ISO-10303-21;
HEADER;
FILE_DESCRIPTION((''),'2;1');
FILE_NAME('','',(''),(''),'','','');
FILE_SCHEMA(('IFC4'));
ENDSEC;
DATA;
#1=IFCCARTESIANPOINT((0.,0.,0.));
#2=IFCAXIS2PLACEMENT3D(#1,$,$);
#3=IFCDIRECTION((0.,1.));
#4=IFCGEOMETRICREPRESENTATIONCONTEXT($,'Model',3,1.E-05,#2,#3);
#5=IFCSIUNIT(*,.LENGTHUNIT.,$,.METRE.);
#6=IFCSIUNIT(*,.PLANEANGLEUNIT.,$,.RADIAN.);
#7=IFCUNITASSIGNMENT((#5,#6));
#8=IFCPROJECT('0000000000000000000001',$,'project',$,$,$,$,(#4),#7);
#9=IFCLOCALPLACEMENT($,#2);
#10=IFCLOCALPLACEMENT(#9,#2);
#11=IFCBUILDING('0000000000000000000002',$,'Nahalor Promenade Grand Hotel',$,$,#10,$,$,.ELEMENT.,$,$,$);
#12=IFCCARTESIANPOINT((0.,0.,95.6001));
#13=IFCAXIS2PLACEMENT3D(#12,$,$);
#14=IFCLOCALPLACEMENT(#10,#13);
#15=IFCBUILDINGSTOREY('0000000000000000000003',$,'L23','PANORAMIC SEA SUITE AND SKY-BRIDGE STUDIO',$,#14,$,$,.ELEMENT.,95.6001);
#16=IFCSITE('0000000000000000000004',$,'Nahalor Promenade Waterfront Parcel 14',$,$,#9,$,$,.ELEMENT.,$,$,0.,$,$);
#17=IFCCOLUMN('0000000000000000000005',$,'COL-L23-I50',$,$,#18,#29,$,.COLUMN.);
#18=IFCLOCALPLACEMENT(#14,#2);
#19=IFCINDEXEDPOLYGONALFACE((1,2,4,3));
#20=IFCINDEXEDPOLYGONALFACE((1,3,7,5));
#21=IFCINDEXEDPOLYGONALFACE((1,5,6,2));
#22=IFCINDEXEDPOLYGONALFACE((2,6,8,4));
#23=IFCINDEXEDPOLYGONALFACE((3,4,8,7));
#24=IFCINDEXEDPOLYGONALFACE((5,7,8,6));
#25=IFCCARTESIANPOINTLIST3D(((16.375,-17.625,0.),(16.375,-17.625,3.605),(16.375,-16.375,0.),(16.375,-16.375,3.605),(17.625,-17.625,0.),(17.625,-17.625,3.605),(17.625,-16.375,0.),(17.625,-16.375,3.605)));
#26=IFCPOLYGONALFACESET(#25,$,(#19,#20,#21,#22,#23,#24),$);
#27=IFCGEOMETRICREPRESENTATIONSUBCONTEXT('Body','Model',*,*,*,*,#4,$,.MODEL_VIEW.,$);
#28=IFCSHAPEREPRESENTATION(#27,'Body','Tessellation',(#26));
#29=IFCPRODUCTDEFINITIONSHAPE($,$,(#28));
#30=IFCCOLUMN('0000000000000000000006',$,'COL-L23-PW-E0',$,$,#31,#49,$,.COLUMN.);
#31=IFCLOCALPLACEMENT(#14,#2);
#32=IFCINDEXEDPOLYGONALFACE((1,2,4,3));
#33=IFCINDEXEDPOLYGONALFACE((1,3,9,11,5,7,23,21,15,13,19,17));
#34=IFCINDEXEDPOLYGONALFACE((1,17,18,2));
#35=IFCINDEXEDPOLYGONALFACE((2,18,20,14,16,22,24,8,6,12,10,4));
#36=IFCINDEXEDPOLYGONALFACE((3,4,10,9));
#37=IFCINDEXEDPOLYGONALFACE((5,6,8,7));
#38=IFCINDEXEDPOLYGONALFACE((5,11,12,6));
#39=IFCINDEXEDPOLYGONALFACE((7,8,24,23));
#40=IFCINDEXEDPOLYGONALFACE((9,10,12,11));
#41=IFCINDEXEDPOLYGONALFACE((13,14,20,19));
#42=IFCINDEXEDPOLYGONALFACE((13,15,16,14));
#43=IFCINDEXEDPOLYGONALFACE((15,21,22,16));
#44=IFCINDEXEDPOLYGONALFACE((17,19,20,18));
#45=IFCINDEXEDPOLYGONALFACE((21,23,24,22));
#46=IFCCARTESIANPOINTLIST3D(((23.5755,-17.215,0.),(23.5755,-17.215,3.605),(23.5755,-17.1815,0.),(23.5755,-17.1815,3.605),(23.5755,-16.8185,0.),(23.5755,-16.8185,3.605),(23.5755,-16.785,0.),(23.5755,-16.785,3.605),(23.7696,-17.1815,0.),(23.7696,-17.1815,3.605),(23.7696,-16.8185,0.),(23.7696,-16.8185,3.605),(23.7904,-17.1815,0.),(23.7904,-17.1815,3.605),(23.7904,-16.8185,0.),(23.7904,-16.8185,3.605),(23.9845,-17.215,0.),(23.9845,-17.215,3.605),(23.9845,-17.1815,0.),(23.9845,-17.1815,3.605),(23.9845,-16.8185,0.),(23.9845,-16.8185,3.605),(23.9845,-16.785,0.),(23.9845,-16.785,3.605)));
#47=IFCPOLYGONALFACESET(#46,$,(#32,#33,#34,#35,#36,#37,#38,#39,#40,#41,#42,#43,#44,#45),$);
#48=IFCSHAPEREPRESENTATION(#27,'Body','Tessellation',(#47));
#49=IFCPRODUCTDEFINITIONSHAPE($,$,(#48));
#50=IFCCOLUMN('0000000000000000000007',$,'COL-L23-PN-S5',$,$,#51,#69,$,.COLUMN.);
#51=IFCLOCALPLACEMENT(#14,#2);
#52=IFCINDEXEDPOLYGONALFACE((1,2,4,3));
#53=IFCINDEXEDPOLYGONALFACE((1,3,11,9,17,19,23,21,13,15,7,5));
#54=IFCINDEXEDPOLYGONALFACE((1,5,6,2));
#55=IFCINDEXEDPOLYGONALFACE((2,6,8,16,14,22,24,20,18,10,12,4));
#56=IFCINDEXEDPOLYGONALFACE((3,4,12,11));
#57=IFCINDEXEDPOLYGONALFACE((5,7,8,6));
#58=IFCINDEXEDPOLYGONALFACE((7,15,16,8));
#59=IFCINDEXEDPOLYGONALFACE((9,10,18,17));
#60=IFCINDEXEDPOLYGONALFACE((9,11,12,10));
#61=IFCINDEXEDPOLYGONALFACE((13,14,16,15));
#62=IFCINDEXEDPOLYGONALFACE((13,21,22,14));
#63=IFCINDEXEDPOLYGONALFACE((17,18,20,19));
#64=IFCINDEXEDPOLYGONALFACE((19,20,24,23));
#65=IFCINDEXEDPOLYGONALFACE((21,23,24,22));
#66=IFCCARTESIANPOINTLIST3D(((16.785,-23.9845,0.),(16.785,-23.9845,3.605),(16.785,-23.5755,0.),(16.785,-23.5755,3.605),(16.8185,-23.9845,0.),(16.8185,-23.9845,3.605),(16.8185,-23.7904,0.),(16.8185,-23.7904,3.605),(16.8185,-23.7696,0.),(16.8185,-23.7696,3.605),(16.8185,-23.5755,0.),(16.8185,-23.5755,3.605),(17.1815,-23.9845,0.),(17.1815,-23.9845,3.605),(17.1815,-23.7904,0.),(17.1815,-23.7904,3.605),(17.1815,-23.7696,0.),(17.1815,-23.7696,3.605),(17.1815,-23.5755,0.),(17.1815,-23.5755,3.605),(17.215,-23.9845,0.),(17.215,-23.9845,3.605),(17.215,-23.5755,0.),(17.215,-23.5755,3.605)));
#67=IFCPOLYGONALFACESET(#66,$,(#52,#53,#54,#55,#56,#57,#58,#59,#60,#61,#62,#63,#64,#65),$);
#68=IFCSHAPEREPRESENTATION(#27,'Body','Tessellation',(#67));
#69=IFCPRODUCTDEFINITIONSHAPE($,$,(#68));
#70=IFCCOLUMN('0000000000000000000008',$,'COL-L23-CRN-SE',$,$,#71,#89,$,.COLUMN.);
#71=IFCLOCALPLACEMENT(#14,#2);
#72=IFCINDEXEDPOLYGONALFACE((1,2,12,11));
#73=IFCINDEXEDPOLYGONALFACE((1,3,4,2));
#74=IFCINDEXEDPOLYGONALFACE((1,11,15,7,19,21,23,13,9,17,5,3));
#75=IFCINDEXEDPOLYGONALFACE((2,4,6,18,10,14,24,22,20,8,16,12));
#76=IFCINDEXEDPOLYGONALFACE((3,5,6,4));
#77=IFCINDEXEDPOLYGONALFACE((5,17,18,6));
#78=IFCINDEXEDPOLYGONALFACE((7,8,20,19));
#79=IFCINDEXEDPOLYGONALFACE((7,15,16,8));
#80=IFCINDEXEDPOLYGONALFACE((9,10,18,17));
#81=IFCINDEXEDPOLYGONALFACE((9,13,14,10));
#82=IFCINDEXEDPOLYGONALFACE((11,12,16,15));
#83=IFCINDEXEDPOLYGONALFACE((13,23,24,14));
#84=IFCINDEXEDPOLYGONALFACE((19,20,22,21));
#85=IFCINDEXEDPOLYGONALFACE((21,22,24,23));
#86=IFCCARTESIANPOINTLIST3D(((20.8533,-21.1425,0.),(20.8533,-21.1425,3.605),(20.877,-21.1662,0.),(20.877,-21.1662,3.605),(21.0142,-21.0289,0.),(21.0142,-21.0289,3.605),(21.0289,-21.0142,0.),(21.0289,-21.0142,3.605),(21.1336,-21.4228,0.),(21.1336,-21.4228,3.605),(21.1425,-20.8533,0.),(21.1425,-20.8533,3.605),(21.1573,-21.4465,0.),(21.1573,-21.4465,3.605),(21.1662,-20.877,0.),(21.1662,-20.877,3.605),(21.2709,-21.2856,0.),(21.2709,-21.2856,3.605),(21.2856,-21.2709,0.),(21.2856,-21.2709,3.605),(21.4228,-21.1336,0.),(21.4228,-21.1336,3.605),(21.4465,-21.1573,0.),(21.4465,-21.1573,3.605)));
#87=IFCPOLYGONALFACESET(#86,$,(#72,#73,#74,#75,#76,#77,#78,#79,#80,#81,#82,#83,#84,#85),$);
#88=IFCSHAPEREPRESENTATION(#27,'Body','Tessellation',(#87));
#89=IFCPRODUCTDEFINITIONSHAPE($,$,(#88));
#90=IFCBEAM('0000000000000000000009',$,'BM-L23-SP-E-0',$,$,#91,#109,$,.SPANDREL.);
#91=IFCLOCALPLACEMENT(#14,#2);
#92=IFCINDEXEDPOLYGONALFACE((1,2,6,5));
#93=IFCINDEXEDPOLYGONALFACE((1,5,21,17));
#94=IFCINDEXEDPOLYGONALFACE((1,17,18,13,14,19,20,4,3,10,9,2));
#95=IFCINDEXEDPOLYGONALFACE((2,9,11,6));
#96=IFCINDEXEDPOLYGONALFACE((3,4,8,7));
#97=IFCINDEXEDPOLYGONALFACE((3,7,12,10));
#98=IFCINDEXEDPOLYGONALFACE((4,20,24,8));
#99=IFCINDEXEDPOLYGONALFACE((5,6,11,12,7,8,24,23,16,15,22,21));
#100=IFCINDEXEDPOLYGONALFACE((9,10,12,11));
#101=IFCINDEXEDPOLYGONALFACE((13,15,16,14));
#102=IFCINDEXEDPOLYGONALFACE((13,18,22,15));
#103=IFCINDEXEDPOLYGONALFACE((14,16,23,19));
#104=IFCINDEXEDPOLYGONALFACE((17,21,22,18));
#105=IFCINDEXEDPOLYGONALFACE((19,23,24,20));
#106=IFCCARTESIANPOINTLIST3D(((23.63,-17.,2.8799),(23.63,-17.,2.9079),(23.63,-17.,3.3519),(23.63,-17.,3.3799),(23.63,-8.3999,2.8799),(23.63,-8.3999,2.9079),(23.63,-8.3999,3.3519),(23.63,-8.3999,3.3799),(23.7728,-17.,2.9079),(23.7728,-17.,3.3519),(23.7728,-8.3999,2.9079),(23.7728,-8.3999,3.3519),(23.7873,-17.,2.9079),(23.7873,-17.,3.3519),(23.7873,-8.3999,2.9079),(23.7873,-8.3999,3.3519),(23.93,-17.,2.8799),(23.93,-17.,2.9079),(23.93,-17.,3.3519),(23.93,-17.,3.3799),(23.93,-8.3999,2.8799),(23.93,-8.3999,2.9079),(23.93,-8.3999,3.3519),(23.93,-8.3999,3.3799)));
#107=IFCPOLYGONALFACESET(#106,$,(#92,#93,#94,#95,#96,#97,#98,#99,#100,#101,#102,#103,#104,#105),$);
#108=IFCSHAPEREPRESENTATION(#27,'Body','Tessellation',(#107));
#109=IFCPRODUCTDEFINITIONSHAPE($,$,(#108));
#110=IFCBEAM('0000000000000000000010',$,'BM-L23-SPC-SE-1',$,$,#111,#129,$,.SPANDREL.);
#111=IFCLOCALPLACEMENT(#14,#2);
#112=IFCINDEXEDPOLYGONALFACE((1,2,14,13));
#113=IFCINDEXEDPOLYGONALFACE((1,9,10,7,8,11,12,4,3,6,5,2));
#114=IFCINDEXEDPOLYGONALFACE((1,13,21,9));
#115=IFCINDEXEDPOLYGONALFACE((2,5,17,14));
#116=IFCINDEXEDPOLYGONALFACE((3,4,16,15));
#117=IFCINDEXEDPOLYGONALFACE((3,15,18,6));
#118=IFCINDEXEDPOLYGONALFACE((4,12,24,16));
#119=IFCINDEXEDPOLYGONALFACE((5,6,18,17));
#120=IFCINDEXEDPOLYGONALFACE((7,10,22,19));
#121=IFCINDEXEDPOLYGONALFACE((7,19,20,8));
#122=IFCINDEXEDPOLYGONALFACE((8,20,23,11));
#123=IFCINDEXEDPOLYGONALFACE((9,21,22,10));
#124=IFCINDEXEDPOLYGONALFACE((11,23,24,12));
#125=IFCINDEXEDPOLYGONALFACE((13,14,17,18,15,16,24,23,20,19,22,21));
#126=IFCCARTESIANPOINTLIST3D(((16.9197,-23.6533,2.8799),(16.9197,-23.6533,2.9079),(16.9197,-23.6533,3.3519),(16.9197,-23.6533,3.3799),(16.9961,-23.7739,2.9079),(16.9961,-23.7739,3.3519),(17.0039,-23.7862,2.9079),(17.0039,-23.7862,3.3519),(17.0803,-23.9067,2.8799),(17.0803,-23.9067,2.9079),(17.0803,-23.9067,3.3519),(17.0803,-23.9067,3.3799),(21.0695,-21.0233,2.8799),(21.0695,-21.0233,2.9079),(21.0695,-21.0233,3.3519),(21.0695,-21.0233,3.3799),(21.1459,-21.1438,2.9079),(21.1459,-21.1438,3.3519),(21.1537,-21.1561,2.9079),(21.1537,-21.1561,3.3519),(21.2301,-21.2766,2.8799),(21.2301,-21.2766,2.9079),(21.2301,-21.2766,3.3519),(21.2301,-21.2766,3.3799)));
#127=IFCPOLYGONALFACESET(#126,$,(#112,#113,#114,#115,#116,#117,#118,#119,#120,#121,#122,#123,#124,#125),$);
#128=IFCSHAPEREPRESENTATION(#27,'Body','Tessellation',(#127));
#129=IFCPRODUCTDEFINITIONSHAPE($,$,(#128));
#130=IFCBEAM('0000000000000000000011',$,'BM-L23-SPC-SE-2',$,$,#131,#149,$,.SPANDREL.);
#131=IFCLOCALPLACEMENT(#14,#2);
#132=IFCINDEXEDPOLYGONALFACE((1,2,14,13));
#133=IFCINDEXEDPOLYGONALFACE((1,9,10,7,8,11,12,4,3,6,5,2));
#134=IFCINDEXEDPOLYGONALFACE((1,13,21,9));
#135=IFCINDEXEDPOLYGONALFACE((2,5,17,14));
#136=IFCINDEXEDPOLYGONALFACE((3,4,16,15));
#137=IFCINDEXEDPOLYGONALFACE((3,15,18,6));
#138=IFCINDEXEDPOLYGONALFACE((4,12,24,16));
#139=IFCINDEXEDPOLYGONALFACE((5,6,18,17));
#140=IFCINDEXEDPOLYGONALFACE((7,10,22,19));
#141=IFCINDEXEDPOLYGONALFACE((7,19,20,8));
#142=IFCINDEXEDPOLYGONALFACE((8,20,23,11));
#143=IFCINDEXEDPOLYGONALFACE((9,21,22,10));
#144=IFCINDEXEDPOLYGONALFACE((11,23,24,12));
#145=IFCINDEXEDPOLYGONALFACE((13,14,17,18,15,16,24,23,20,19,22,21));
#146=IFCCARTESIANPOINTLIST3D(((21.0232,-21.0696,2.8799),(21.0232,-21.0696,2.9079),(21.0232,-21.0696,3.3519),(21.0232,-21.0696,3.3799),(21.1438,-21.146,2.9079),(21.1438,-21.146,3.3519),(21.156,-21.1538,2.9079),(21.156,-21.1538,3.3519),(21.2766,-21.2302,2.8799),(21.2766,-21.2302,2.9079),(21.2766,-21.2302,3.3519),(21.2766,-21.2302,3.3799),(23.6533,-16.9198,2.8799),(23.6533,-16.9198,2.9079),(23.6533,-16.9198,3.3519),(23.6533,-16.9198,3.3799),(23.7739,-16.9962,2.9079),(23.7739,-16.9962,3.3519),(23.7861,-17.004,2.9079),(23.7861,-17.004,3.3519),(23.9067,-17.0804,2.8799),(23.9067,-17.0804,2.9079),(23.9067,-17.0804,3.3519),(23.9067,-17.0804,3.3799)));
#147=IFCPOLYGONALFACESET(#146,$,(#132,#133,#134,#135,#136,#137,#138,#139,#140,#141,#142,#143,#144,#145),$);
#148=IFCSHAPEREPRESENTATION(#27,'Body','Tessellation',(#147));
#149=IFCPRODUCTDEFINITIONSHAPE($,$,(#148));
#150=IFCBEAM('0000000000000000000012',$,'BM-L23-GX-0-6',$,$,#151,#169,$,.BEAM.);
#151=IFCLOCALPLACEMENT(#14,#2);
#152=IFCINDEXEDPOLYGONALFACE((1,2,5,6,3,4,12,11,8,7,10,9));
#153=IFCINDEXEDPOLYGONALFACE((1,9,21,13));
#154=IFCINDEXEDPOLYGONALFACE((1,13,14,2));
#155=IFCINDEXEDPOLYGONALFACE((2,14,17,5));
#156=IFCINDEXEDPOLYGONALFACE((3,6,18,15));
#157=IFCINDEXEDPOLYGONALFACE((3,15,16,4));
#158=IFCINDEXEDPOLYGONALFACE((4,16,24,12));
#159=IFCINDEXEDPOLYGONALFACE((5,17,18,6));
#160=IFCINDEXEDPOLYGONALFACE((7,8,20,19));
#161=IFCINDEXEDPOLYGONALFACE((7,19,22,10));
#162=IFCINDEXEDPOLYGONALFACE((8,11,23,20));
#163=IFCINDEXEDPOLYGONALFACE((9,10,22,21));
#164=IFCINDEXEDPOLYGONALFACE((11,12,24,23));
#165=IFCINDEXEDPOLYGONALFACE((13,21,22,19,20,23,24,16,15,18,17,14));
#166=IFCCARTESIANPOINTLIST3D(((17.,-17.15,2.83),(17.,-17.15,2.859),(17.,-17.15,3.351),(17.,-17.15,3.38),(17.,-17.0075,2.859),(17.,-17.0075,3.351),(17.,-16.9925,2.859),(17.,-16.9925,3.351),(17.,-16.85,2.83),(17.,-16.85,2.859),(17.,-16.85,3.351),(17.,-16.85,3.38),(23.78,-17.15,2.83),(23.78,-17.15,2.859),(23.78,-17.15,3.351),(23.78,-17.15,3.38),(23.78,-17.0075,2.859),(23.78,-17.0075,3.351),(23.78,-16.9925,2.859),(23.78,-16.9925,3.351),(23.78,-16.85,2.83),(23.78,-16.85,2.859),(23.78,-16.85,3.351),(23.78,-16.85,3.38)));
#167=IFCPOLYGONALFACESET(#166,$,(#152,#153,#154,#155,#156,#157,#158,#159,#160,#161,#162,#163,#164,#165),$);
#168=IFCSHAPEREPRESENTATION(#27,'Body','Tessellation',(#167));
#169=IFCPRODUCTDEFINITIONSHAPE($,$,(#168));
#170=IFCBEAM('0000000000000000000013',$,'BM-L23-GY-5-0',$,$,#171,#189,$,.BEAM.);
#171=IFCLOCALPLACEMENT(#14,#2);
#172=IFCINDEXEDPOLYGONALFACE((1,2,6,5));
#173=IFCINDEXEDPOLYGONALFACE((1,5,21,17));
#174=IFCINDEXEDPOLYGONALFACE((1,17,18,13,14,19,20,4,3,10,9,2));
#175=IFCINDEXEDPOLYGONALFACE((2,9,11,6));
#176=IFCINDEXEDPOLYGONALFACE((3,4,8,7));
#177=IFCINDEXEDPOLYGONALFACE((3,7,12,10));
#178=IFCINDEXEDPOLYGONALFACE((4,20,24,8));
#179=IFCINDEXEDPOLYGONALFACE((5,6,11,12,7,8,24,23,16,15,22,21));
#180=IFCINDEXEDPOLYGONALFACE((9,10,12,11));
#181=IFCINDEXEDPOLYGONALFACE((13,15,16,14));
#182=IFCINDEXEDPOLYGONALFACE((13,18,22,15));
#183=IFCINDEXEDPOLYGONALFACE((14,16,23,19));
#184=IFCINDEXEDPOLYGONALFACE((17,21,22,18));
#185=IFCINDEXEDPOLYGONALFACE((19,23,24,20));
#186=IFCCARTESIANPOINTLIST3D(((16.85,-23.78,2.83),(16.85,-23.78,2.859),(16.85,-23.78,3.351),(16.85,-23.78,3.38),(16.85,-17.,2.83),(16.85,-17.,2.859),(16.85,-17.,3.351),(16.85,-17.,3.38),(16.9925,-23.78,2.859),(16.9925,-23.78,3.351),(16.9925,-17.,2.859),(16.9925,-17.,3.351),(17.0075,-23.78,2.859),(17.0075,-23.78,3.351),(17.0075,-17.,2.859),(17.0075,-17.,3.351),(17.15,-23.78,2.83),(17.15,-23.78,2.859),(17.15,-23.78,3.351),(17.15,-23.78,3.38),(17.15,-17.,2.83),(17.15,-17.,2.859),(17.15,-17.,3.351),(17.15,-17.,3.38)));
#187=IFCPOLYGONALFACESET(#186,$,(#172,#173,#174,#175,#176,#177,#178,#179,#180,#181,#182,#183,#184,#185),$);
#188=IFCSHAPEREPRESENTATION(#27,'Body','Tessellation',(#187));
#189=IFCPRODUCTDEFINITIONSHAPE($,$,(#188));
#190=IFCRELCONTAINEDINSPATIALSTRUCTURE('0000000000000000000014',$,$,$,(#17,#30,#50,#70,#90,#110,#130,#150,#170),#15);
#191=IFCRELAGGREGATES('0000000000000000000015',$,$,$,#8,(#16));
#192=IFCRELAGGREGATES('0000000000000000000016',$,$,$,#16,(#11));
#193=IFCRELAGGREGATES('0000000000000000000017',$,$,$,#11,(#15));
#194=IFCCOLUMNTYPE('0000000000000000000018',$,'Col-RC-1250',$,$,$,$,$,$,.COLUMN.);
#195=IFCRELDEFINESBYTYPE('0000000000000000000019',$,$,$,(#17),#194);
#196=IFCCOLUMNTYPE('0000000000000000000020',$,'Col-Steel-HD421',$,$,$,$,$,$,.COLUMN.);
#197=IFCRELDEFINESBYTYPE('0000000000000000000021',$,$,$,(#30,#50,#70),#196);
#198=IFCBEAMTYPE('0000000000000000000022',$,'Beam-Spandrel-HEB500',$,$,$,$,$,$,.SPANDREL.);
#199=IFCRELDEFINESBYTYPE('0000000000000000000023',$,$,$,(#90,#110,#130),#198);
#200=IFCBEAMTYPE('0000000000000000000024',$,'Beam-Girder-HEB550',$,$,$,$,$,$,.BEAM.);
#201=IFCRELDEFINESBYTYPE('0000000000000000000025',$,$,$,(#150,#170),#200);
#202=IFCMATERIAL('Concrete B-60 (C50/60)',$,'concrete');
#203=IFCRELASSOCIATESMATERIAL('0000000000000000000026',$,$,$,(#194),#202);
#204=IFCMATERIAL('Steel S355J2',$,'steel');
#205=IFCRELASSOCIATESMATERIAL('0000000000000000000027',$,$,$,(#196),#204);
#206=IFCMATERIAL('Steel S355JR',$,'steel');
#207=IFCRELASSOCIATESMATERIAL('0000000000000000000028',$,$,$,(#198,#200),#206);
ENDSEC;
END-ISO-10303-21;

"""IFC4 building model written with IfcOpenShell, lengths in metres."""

from ifc_helpers import new_model, si_unit, direction, frame, origin, origin_2d, place, context, subcontext, project, spatial, rectangle, i_section, extrude, source, transform, mapped, material, material_profile, profile_set, type_object, element, save


model = new_model("IFC4")

# Units and contexts
model_context = context("Model", 3, precision=1e-05, world=origin(), true_north=direction((0.0, 1.0)))
body_context = subcontext(model_context, "Body", "Model", "MODEL_VIEW")
ifc_project = project(units=[si_unit("LENGTHUNIT", "METRE"), si_unit("PLANEANGLEUNIT", "RADIAN")], contexts=[model_context])

# Site, building, storey
site_placement = place(None, origin())
site = spatial("IfcSite", under=ifc_project, at=site_placement, Name="Nahalor Promenade Waterfront Parcel 14", CompositionType="ELEMENT", RefElevation=0.0)
building_placement = place(site_placement, origin())
building = spatial("IfcBuilding", under=site, at=building_placement, Name="Nahalor Promenade Grand Hotel", CompositionType="ELEMENT")
storey_placement = place(building_placement, frame((0.0, 0.0, 95.6001)))
storey = spatial("IfcBuildingStorey", under=building, at=storey_placement, Name="L23", Description="PANORAMIC SEA SUITE AND SKY-BRIDGE STUDIO", CompositionType="ELEMENT", Elevation=95.6001)

# Columns
ifc_material_1 = material(Name="Concrete B-60 (C50/60)", Category="concrete")
ifc_material_profile_1 = material_profile(ifc_material_1, rectangle(XDim=1.25, YDim=1.25, at=origin_2d()), Name="RC 1250x1250")
ifc_profile_set_1 = profile_set([ifc_material_profile_1], Name="Concrete B-60 (C50/60)")
column_type_1 = type_object("IfcColumnType", Name="Col-RC-1250", PredefinedType="COLUMN", material=ifc_profile_set_1)
shared_shape_1 = source(origin(), body_context, "Body", "SweptSolid", [
    extrude(rectangle(XDim=1.25, YDim=1.25, at=origin_2d()), origin(), (0.0, 0.0, 1.0), 3.605),
])
column_placement = place(storey_placement, frame((17.0, -17.0, 0.0), z_axis=(0.0, 0.0, 1.0), x_axis=(1.0, 0.0, 0.0)))
element("IfcColumn", 1, at=column_placement, inside=storey, type_object=column_type_1, Name="COL-L23-I50", PredefinedType="COLUMN", context=body_context, shape_type="MappedRepresentation", body=[
    mapped(shared_shape_1, transform((0.0, 0.0, 0.0), scale=1.0)),
])
ifc_material_2 = material(Name="Steel S355J2", Category="steel")
ifc_material_profile_2 = material_profile(ifc_material_2, i_section(OverallWidth=0.409, OverallDepth=0.43, WebThickness=0.0208, FlangeThickness=0.0335, at=origin_2d()), Name="HD 400x421")
ifc_profile_set_2 = profile_set([ifc_material_profile_2], Name="Steel S355J2")
column_type_2 = type_object("IfcColumnType", Name="Col-Steel-HD421", PredefinedType="COLUMN", material=ifc_profile_set_2)
shared_shape_2 = source(origin(), body_context, "Body", "SweptSolid", [
    extrude(i_section(OverallWidth=0.409, OverallDepth=0.43, WebThickness=0.0208, FlangeThickness=0.0335, at=origin_2d()), origin(), (0.0, 0.0, 1.0), 3.605),
])
for number, where, z_axis, x_axis, name in (
    (2, (23.78, -17.0, 0.0), (0.0, 0.0, 1.0), (1.0, 0.0, 0.0), "COL-L23-PW-E0"),
    (3, (17.0, -23.78, 0.0), (0.0, 0.0, 1.0), (0.0, 1.0, 0.0), "COL-L23-PN-S5"),
    (4, (21.1499, -21.1499, 0.0), (0.0, 0.0, 1.0), (0.707107, 0.707107, 0.0), "COL-L23-CRN-SE"),
):
    element("IfcColumn", number, at=place(storey_placement, frame(where, z_axis=z_axis, x_axis=x_axis)), inside=storey, type_object=column_type_2, Name=name, PredefinedType="COLUMN", context=body_context, shape_type="MappedRepresentation", body=[
        mapped(shared_shape_2, transform((0.0, 0.0, 0.0), scale=1.0)),
    ])

# Beams
ifc_material_3 = material(Name="Steel S355JR", Category="steel")
ifc_material_profile_3 = material_profile(ifc_material_3, i_section(OverallWidth=0.3, OverallDepth=0.5, WebThickness=0.0145, FlangeThickness=0.028, at=origin_2d()), Name="HEB 500")
ifc_profile_set_3 = profile_set([ifc_material_profile_3], Name="Steel S355JR")
beam_type_1 = type_object("IfcBeamType", Name="Beam-Spandrel-HEB500", PredefinedType="SPANDREL", material=ifc_profile_set_3)
shared_shape_3 = source(origin(), body_context, "Body", "SweptSolid", [
    extrude(i_section(OverallWidth=0.3, OverallDepth=0.5, WebThickness=0.0145, FlangeThickness=0.028, at=origin_2d()), origin(), (0.0, 0.0, 1.0), 8.6001),
])
beam_1_placement = place(storey_placement, frame((23.78, -17.0, 3.1299), z_axis=(0.0, 1.0, 0.0), x_axis=(-1.0, 0.0, 0.0)))
element("IfcBeam", 5, at=beam_1_placement, inside=storey, type_object=beam_type_1, Name="BM-L23-SP-E-0", PredefinedType="SPANDREL", context=body_context, shape_type="MappedRepresentation", body=[
    mapped(shared_shape_3, transform((0.0, 0.0, 0.0), scale=1.0)),
])
shared_shape_4 = source(origin(), body_context, "Body", "SweptSolid", [
    extrude(i_section(OverallWidth=0.3, OverallDepth=0.5, WebThickness=0.0145, FlangeThickness=0.028, at=origin_2d()), origin(), (0.0, 0.0, 1.0), 4.9131),
])
for number, where, z_axis, x_axis, name in (
    (6, (17.0, -23.78, 3.1299), (0.844648, 0.535322, 0.0), (-0.535322, 0.844648, 0.0), "BM-L23-SPC-SE-1"),
    (7, (21.1499, -21.1499, 3.1299), (0.535322, 0.844648, 0.0), (-0.844648, 0.535322, 0.0), "BM-L23-SPC-SE-2"),
):
    element("IfcBeam", number, at=place(storey_placement, frame(where, z_axis=z_axis, x_axis=x_axis)), inside=storey, type_object=beam_type_1, Name=name, PredefinedType="SPANDREL", context=body_context, shape_type="MappedRepresentation", body=[
        mapped(shared_shape_4, transform((0.0, 0.0, 0.0), scale=1.0)),
    ])
ifc_material_profile_4 = material_profile(ifc_material_3, i_section(OverallWidth=0.3, OverallDepth=0.55, WebThickness=0.015, FlangeThickness=0.029, at=origin_2d()), Name="HEB 550")
ifc_profile_set_4 = profile_set([ifc_material_profile_4], Name="Steel S355JR")
beam_type_2 = type_object("IfcBeamType", Name="Beam-Girder-HEB550", PredefinedType="BEAM", material=ifc_profile_set_4)
shared_shape_5 = source(origin(), body_context, "Body", "SweptSolid", [
    extrude(i_section(OverallWidth=0.3, OverallDepth=0.55, WebThickness=0.015, FlangeThickness=0.029, at=origin_2d()), origin(), (0.0, 0.0, 1.0), 6.78),
])
for number, where, z_axis, x_axis, name in (
    (8, (17.0, -17.0, 3.105), (1.0, 0.0, 0.0), (0.0, 1.0, 0.0), "BM-L23-GX-0-6"),
    (9, (17.0, -23.78, 3.105), (0.0, 1.0, 0.0), (-1.0, 0.0, 0.0), "BM-L23-GY-5-0"),
):
    element("IfcBeam", number, at=place(storey_placement, frame(where, z_axis=z_axis, x_axis=x_axis)), inside=storey, type_object=beam_type_2, Name=name, PredefinedType="BEAM", context=body_context, shape_type="MappedRepresentation", body=[
        mapped(shared_shape_5, transform((0.0, 0.0, 0.0), scale=1.0)),
    ])

save(model, "model.ifc")
